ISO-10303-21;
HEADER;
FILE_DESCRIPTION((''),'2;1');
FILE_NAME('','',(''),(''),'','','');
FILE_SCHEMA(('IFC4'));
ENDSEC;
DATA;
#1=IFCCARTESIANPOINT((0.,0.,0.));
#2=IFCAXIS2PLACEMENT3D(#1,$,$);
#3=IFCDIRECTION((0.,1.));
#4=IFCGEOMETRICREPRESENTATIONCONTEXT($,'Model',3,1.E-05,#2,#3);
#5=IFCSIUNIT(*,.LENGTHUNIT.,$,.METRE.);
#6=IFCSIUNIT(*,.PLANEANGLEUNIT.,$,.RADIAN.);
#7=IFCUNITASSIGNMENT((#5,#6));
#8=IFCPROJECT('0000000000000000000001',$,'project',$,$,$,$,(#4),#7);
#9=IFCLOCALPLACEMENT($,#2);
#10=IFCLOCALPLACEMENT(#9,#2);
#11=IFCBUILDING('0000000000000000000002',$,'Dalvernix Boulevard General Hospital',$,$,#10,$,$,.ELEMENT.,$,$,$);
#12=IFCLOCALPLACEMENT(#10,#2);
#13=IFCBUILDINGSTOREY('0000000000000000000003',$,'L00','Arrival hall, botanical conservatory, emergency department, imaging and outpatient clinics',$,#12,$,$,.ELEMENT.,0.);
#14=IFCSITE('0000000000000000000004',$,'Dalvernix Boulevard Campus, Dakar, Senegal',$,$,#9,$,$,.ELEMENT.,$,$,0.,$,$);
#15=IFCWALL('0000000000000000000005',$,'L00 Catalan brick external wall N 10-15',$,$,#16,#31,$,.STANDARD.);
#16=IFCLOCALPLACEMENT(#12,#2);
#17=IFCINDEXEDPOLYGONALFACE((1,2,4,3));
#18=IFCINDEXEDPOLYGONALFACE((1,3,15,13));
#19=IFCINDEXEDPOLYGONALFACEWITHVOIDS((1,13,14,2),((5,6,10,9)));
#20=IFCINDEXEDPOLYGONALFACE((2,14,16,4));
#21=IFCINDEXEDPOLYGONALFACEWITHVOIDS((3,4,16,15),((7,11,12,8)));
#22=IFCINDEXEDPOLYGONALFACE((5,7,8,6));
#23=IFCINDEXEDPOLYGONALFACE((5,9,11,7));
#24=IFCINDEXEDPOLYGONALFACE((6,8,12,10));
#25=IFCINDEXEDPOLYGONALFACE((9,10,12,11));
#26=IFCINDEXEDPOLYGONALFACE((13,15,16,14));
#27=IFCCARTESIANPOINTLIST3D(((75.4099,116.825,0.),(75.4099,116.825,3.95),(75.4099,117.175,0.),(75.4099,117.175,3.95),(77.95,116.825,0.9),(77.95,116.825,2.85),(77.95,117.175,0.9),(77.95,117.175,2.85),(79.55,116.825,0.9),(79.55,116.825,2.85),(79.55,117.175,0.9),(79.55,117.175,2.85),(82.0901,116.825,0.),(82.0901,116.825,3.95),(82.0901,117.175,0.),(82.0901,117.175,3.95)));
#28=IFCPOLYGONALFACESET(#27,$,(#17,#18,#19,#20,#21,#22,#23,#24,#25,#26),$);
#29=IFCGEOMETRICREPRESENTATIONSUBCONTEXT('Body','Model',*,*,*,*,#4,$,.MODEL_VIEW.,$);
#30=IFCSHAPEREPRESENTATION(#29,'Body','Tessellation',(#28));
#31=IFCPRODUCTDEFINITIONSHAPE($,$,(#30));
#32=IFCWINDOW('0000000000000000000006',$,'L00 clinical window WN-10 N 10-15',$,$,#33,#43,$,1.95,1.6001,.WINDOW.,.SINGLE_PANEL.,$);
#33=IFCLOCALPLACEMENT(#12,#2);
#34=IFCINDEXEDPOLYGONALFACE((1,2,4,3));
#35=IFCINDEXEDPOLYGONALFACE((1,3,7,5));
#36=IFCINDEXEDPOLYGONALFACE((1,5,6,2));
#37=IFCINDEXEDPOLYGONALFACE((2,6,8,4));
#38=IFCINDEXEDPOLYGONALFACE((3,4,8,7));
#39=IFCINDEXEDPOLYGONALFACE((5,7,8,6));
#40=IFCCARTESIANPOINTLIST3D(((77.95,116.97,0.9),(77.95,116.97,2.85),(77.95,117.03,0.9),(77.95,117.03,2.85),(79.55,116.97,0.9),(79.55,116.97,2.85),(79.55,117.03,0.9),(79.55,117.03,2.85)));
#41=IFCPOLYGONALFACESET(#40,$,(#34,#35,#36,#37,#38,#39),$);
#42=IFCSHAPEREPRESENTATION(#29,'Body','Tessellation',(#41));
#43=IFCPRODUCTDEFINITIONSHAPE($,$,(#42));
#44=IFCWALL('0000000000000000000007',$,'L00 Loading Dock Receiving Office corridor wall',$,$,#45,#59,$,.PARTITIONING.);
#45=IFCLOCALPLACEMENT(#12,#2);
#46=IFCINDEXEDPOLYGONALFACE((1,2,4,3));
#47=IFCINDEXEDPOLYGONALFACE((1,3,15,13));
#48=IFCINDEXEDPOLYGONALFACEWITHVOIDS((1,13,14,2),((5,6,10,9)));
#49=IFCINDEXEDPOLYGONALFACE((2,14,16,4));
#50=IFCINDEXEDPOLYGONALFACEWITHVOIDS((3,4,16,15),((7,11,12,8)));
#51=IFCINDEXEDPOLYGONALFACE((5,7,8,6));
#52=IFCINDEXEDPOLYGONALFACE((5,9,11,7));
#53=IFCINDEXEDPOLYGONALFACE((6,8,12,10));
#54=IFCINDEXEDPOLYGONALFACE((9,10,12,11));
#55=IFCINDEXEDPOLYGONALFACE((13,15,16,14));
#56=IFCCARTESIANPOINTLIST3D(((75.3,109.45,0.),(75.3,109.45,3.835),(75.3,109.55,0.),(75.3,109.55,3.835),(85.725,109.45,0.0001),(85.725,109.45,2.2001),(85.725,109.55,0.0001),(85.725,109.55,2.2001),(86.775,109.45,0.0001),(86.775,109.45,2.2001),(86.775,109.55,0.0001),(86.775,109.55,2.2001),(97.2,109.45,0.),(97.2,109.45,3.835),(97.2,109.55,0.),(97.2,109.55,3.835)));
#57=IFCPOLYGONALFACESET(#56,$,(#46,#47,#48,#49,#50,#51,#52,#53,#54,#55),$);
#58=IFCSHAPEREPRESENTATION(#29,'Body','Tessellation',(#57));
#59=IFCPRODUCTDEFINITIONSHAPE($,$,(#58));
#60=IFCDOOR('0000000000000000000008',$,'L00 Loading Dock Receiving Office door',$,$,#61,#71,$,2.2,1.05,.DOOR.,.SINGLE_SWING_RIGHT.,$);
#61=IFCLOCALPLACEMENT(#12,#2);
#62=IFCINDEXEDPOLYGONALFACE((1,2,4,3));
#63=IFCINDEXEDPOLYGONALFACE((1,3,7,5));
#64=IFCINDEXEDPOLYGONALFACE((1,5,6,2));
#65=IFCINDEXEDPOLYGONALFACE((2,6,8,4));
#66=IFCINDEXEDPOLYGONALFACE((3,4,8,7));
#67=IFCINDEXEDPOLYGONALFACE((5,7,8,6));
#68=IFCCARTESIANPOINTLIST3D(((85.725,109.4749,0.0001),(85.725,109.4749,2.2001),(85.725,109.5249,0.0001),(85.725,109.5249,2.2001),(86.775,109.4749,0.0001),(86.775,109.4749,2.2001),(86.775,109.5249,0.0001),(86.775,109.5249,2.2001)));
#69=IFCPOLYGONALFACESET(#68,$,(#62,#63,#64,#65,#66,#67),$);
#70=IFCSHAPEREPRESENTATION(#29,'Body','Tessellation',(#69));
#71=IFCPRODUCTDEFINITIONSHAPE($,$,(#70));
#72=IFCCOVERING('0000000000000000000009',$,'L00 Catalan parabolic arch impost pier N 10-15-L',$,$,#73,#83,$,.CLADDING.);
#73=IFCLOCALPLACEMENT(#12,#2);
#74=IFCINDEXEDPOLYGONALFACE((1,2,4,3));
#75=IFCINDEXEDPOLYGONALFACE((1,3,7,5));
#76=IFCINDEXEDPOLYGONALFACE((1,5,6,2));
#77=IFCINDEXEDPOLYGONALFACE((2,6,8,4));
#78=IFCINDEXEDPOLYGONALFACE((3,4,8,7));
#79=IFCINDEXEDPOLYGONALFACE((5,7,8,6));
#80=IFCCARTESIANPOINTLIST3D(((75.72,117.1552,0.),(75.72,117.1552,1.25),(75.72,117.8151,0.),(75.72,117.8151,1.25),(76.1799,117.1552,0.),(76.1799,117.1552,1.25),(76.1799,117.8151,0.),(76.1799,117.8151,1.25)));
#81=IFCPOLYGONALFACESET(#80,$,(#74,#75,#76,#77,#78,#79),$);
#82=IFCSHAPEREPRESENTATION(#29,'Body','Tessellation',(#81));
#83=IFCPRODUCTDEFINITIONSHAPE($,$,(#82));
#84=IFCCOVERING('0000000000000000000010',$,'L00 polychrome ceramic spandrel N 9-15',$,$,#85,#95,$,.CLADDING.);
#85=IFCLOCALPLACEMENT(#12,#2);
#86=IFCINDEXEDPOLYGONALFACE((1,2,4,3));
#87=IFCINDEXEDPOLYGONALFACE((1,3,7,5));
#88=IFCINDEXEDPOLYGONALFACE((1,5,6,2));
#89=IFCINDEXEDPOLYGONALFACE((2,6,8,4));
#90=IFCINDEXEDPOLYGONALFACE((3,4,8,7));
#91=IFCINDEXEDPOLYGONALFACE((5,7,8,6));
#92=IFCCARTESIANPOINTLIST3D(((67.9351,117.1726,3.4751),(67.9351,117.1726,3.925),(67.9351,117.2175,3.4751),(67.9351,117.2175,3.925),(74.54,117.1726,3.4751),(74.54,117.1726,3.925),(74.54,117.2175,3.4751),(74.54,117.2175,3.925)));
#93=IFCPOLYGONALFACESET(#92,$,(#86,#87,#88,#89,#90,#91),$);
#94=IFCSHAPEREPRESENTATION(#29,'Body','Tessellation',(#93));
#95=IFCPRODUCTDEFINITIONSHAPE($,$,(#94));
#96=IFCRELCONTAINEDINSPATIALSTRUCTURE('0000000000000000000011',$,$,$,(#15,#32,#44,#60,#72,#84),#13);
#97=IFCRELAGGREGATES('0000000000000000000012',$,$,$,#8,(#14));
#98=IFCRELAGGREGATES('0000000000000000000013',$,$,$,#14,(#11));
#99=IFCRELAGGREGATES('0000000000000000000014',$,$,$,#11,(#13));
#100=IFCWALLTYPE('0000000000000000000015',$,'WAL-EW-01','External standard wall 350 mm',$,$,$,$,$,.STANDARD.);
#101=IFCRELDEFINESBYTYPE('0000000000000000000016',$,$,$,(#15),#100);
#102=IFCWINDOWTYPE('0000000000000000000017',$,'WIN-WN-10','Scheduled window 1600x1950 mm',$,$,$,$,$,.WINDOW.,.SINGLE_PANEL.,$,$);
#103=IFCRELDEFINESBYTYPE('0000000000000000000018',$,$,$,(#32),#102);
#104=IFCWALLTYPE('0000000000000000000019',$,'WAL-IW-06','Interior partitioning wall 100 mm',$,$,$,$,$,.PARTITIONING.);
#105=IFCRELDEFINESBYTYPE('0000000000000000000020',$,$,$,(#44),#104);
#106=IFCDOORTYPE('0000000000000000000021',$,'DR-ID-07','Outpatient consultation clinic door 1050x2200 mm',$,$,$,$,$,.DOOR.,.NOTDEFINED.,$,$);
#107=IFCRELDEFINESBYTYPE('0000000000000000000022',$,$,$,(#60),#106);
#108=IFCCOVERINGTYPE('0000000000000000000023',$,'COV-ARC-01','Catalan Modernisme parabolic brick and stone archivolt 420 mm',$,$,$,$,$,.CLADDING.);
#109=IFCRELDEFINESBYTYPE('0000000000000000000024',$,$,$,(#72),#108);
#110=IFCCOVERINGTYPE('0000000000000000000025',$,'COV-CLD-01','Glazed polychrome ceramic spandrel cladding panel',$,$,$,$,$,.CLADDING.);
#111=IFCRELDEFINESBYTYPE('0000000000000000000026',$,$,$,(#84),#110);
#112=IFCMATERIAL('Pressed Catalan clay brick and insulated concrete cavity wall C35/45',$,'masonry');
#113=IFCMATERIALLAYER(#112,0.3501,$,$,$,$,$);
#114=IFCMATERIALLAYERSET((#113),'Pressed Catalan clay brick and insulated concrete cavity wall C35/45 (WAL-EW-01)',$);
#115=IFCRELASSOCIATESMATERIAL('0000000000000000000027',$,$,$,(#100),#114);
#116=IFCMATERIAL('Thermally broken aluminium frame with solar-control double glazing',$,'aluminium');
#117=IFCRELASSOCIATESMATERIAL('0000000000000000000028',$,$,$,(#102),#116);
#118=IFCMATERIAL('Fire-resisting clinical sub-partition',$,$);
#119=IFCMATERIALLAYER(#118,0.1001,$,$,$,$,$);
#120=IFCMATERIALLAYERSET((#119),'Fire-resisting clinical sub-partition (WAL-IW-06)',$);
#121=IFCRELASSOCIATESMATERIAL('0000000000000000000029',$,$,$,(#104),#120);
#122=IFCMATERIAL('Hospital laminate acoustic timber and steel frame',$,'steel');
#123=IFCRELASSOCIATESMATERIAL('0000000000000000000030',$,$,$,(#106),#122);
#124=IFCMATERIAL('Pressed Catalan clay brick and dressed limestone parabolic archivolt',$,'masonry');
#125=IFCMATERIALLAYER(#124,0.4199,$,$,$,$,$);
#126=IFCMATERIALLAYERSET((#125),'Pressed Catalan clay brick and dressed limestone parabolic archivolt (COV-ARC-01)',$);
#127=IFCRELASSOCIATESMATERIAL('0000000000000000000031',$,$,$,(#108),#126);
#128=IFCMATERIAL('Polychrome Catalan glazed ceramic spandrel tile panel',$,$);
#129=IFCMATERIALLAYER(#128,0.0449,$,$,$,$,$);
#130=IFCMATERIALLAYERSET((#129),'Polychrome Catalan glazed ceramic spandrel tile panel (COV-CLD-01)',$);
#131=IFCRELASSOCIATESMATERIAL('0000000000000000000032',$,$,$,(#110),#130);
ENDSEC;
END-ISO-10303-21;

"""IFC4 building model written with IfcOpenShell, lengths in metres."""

from ifc_helpers import new_model, si_unit, direction, frame, frame_2d, origin, origin_2d, place, context, subcontext, project, spatial, rectangle, extrude, material, layer, layer_set, type_object, element, fill, save


model = new_model("IFC4")

# Units and contexts
model_context = context("Model", 3, precision=1e-05, world=origin(), true_north=direction((0.0, 1.0)))
body_context = subcontext(model_context, "Body", "Model", "MODEL_VIEW")
ifc_project = project(units=[si_unit("LENGTHUNIT", "METRE"), si_unit("PLANEANGLEUNIT", "RADIAN")], contexts=[model_context])

# Site, building, storey
site_placement = place(None, origin())
site = spatial("IfcSite", under=ifc_project, at=site_placement, Name="Dalvernix Boulevard Campus, Dakar, Senegal", CompositionType="ELEMENT", RefElevation=0.0)
building_placement = place(site_placement, origin())
building = spatial("IfcBuilding", under=site, at=building_placement, Name="Dalvernix Boulevard General Hospital", CompositionType="ELEMENT")
storey_placement = place(building_placement, origin())
storey = spatial("IfcBuildingStorey", under=building, at=storey_placement, Name="L00", Description="Arrival hall, botanical conservatory, emergency department, imaging and outpatient clinics", CompositionType="ELEMENT", Elevation=0.0)

# Shared definitions
ifc_material_1 = material(Name="Hospital laminate acoustic timber and steel frame", Category="steel")

# Wall, opening, window
ifc_material_2 = material(Name="Pressed Catalan clay brick and insulated concrete cavity wall C35/45", Category="masonry")
ifc_layer_1 = layer(ifc_material_2, 0.3501)
ifc_layer_set_1 = layer_set([ifc_layer_1], Name="Pressed Catalan clay brick and insulated concrete cavity wall C35/45 (WAL-EW-01)")
wall_type_1 = type_object("IfcWallType", Name="WAL-EW-01", Description="External standard wall 350 mm", PredefinedType="STANDARD", material=ifc_layer_set_1)
wall_1_placement = place(storey_placement, frame((75.4099, 117.0, 0.0), z_axis=(0.0, 0.0, 1.0), x_axis=(1.0, 0.0, 0.0)))
wall_1 = element("IfcWall", 1, at=wall_1_placement, inside=storey, type_object=wall_type_1, Name="L00 Catalan brick external wall N 10-15", PredefinedType="STANDARD", context=body_context, shape_type="SweptSolid", body=[
    extrude(rectangle(XDim=6.6802, YDim=0.3501, at=frame_2d((3.3401, 0.0))), origin(), (0.0, 0.0, 1.0), 3.95),
])
opening_1_placement = place(wall_1_placement, frame((2.54, 0.0, 0.8999)))
opening_1 = element("IfcOpeningElement", 2, at=opening_1_placement, cuts=wall_1, PredefinedType="OPENING", context=body_context, shape_type="SweptSolid", body=[
    extrude(rectangle(XDim=1.6001, YDim=1.95, at=frame_2d((0.8, 0.9751))), frame((0.0, 0.1851, 0.0), z_axis=(0.0, -1.0, 0.0), x_axis=(1.0, 0.0, 0.0)), (0.0, 0.0, 1.0), 0.3701),
])
ifc_material_3 = material(Name="Thermally broken aluminium frame with solar-control double glazing", Category="aluminium")
window_type = type_object("IfcWindowType", Name="WIN-WN-10", Description="Scheduled window 1600x1950 mm", PartitioningType="SINGLE_PANEL", PredefinedType="WINDOW", material=ifc_material_3)
window_placement = place(opening_1_placement, origin())
window = element("IfcWindow", 3, at=window_placement, inside=storey, type_object=window_type, Name="L00 clinical window WN-10 N 10-15", OverallHeight=1.95, OverallWidth=1.6001, PartitioningType="SINGLE_PANEL", PredefinedType="WINDOW", context=body_context, shape_type="SweptSolid", body=[
    extrude(rectangle(XDim=1.6001, YDim=1.95, at=frame_2d((0.8, 0.9751))), frame((0.0, 0.03, 0.0), z_axis=(0.0, -1.0, 0.0), x_axis=(1.0, 0.0, 0.0)), (0.0, 0.0, 1.0), 0.0601),
])
fill(opening_1, window)

# Wall, opening, door
ifc_material_4 = material(Name="Fire-resisting clinical sub-partition")
ifc_layer_2 = layer(ifc_material_4, 0.1001)
ifc_layer_set_2 = layer_set([ifc_layer_2], Name="Fire-resisting clinical sub-partition (WAL-IW-06)")
wall_type_2 = type_object("IfcWallType", Name="WAL-IW-06", Description="Interior partitioning wall 100 mm", PredefinedType="PARTITIONING", material=ifc_layer_set_2)
wall_2_placement = place(storey_placement, frame((75.3, 109.5, 0.0), z_axis=(0.0, 0.0, 1.0), x_axis=(1.0, 0.0, 0.0)))
wall_2 = element("IfcWall", 4, at=wall_2_placement, inside=storey, type_object=wall_type_2, Name="L00 Loading Dock Receiving Office corridor wall", PredefinedType="PARTITIONING", context=body_context, shape_type="SweptSolid", body=[
    extrude(rectangle(XDim=21.8999, YDim=0.1001, at=frame_2d((10.95, 0.0))), origin(), (0.0, 0.0, 1.0), 3.835),
])
opening_2_placement = place(wall_2_placement, frame((10.425, 0.0, 0.0)))
opening_2 = element("IfcOpeningElement", 5, at=opening_2_placement, cuts=wall_2, PredefinedType="OPENING", context=body_context, shape_type="SweptSolid", body=[
    extrude(rectangle(XDim=1.05, YDim=2.2, at=frame_2d((0.5249, 1.1001))), frame((0.0, 0.0601, 0.0), z_axis=(0.0, -1.0, 0.0), x_axis=(1.0, 0.0, 0.0)), (0.0, 0.0, 1.0), 0.1201),
])
door_type_1 = type_object("IfcDoorType", Name="DR-ID-07", Description="Outpatient consultation clinic door 1050x2200 mm", OperationType="NOTDEFINED", PredefinedType="DOOR", material=ifc_material_1)
door_1_placement = place(opening_2_placement, origin())
door_1 = element("IfcDoor", 6, at=door_1_placement, inside=storey, type_object=door_type_1, Name="L00 Loading Dock Receiving Office door", OperationType="SINGLE_SWING_RIGHT", OverallHeight=2.2, OverallWidth=1.05, PredefinedType="DOOR", context=body_context, shape_type="SweptSolid", body=[
    extrude(rectangle(XDim=1.05, YDim=2.2, at=frame_2d((0.5249, 1.1001))), frame((0.0, 0.0249, 0.0), z_axis=(0.0, -1.0, 0.0), x_axis=(1.0, 0.0, 0.0)), (0.0, 0.0, 1.0), 0.05),
])
fill(opening_2, door_1)

# Coverings
ifc_material_5 = material(Name="Pressed Catalan clay brick and dressed limestone parabolic archivolt", Category="masonry")
ifc_layer_3 = layer(ifc_material_5, 0.4199)
ifc_layer_set_3 = layer_set([ifc_layer_3], Name="Pressed Catalan clay brick and dressed limestone parabolic archivolt (COV-ARC-01)")
covering_type_1 = type_object("IfcCoveringType", Name="COV-ARC-01", Description="Catalan Modernisme parabolic brick and stone archivolt 420 mm", PredefinedType="CLADDING", material=ifc_layer_set_3)
covering_1_placement = place(storey_placement, frame((75.95, 117.4851, 0.0), z_axis=(0.0, 0.0, 1.0), x_axis=(1.0, 0.0, 0.0)))
element("IfcCovering", 7, at=covering_1_placement, inside=storey, type_object=covering_type_1, Name="L00 Catalan parabolic arch impost pier N 10-15-L", PredefinedType="CLADDING", context=body_context, shape_type="SweptSolid", body=[
    extrude(rectangle(XDim=0.46, YDim=0.6599, at=origin_2d()), origin(), (0.0, 0.0, 1.0), 1.25),
])
ifc_material_6 = material(Name="Polychrome Catalan glazed ceramic spandrel tile panel")
ifc_layer_4 = layer(ifc_material_6, 0.0449)
ifc_layer_set_4 = layer_set([ifc_layer_4], Name="Polychrome Catalan glazed ceramic spandrel tile panel (COV-CLD-01)")
covering_type_2 = type_object("IfcCoveringType", Name="COV-CLD-01", Description="Glazed polychrome ceramic spandrel cladding panel", PredefinedType="CLADDING", material=ifc_layer_set_4)
covering_2_placement = place(storey_placement, frame((71.2375, 117.1951, 3.4751), z_axis=(0.0, 0.0, 1.0), x_axis=(1.0, 0.0, 0.0)))
element("IfcCovering", 8, at=covering_2_placement, inside=storey, type_object=covering_type_2, Name="L00 polychrome ceramic spandrel N 9-15", PredefinedType="CLADDING", context=body_context, shape_type="SweptSolid", body=[
    extrude(rectangle(XDim=6.605, YDim=0.0449, at=origin_2d()), origin(), (0.0, 0.0, 1.0), 0.45),
])

save(model, "model.ifc")
